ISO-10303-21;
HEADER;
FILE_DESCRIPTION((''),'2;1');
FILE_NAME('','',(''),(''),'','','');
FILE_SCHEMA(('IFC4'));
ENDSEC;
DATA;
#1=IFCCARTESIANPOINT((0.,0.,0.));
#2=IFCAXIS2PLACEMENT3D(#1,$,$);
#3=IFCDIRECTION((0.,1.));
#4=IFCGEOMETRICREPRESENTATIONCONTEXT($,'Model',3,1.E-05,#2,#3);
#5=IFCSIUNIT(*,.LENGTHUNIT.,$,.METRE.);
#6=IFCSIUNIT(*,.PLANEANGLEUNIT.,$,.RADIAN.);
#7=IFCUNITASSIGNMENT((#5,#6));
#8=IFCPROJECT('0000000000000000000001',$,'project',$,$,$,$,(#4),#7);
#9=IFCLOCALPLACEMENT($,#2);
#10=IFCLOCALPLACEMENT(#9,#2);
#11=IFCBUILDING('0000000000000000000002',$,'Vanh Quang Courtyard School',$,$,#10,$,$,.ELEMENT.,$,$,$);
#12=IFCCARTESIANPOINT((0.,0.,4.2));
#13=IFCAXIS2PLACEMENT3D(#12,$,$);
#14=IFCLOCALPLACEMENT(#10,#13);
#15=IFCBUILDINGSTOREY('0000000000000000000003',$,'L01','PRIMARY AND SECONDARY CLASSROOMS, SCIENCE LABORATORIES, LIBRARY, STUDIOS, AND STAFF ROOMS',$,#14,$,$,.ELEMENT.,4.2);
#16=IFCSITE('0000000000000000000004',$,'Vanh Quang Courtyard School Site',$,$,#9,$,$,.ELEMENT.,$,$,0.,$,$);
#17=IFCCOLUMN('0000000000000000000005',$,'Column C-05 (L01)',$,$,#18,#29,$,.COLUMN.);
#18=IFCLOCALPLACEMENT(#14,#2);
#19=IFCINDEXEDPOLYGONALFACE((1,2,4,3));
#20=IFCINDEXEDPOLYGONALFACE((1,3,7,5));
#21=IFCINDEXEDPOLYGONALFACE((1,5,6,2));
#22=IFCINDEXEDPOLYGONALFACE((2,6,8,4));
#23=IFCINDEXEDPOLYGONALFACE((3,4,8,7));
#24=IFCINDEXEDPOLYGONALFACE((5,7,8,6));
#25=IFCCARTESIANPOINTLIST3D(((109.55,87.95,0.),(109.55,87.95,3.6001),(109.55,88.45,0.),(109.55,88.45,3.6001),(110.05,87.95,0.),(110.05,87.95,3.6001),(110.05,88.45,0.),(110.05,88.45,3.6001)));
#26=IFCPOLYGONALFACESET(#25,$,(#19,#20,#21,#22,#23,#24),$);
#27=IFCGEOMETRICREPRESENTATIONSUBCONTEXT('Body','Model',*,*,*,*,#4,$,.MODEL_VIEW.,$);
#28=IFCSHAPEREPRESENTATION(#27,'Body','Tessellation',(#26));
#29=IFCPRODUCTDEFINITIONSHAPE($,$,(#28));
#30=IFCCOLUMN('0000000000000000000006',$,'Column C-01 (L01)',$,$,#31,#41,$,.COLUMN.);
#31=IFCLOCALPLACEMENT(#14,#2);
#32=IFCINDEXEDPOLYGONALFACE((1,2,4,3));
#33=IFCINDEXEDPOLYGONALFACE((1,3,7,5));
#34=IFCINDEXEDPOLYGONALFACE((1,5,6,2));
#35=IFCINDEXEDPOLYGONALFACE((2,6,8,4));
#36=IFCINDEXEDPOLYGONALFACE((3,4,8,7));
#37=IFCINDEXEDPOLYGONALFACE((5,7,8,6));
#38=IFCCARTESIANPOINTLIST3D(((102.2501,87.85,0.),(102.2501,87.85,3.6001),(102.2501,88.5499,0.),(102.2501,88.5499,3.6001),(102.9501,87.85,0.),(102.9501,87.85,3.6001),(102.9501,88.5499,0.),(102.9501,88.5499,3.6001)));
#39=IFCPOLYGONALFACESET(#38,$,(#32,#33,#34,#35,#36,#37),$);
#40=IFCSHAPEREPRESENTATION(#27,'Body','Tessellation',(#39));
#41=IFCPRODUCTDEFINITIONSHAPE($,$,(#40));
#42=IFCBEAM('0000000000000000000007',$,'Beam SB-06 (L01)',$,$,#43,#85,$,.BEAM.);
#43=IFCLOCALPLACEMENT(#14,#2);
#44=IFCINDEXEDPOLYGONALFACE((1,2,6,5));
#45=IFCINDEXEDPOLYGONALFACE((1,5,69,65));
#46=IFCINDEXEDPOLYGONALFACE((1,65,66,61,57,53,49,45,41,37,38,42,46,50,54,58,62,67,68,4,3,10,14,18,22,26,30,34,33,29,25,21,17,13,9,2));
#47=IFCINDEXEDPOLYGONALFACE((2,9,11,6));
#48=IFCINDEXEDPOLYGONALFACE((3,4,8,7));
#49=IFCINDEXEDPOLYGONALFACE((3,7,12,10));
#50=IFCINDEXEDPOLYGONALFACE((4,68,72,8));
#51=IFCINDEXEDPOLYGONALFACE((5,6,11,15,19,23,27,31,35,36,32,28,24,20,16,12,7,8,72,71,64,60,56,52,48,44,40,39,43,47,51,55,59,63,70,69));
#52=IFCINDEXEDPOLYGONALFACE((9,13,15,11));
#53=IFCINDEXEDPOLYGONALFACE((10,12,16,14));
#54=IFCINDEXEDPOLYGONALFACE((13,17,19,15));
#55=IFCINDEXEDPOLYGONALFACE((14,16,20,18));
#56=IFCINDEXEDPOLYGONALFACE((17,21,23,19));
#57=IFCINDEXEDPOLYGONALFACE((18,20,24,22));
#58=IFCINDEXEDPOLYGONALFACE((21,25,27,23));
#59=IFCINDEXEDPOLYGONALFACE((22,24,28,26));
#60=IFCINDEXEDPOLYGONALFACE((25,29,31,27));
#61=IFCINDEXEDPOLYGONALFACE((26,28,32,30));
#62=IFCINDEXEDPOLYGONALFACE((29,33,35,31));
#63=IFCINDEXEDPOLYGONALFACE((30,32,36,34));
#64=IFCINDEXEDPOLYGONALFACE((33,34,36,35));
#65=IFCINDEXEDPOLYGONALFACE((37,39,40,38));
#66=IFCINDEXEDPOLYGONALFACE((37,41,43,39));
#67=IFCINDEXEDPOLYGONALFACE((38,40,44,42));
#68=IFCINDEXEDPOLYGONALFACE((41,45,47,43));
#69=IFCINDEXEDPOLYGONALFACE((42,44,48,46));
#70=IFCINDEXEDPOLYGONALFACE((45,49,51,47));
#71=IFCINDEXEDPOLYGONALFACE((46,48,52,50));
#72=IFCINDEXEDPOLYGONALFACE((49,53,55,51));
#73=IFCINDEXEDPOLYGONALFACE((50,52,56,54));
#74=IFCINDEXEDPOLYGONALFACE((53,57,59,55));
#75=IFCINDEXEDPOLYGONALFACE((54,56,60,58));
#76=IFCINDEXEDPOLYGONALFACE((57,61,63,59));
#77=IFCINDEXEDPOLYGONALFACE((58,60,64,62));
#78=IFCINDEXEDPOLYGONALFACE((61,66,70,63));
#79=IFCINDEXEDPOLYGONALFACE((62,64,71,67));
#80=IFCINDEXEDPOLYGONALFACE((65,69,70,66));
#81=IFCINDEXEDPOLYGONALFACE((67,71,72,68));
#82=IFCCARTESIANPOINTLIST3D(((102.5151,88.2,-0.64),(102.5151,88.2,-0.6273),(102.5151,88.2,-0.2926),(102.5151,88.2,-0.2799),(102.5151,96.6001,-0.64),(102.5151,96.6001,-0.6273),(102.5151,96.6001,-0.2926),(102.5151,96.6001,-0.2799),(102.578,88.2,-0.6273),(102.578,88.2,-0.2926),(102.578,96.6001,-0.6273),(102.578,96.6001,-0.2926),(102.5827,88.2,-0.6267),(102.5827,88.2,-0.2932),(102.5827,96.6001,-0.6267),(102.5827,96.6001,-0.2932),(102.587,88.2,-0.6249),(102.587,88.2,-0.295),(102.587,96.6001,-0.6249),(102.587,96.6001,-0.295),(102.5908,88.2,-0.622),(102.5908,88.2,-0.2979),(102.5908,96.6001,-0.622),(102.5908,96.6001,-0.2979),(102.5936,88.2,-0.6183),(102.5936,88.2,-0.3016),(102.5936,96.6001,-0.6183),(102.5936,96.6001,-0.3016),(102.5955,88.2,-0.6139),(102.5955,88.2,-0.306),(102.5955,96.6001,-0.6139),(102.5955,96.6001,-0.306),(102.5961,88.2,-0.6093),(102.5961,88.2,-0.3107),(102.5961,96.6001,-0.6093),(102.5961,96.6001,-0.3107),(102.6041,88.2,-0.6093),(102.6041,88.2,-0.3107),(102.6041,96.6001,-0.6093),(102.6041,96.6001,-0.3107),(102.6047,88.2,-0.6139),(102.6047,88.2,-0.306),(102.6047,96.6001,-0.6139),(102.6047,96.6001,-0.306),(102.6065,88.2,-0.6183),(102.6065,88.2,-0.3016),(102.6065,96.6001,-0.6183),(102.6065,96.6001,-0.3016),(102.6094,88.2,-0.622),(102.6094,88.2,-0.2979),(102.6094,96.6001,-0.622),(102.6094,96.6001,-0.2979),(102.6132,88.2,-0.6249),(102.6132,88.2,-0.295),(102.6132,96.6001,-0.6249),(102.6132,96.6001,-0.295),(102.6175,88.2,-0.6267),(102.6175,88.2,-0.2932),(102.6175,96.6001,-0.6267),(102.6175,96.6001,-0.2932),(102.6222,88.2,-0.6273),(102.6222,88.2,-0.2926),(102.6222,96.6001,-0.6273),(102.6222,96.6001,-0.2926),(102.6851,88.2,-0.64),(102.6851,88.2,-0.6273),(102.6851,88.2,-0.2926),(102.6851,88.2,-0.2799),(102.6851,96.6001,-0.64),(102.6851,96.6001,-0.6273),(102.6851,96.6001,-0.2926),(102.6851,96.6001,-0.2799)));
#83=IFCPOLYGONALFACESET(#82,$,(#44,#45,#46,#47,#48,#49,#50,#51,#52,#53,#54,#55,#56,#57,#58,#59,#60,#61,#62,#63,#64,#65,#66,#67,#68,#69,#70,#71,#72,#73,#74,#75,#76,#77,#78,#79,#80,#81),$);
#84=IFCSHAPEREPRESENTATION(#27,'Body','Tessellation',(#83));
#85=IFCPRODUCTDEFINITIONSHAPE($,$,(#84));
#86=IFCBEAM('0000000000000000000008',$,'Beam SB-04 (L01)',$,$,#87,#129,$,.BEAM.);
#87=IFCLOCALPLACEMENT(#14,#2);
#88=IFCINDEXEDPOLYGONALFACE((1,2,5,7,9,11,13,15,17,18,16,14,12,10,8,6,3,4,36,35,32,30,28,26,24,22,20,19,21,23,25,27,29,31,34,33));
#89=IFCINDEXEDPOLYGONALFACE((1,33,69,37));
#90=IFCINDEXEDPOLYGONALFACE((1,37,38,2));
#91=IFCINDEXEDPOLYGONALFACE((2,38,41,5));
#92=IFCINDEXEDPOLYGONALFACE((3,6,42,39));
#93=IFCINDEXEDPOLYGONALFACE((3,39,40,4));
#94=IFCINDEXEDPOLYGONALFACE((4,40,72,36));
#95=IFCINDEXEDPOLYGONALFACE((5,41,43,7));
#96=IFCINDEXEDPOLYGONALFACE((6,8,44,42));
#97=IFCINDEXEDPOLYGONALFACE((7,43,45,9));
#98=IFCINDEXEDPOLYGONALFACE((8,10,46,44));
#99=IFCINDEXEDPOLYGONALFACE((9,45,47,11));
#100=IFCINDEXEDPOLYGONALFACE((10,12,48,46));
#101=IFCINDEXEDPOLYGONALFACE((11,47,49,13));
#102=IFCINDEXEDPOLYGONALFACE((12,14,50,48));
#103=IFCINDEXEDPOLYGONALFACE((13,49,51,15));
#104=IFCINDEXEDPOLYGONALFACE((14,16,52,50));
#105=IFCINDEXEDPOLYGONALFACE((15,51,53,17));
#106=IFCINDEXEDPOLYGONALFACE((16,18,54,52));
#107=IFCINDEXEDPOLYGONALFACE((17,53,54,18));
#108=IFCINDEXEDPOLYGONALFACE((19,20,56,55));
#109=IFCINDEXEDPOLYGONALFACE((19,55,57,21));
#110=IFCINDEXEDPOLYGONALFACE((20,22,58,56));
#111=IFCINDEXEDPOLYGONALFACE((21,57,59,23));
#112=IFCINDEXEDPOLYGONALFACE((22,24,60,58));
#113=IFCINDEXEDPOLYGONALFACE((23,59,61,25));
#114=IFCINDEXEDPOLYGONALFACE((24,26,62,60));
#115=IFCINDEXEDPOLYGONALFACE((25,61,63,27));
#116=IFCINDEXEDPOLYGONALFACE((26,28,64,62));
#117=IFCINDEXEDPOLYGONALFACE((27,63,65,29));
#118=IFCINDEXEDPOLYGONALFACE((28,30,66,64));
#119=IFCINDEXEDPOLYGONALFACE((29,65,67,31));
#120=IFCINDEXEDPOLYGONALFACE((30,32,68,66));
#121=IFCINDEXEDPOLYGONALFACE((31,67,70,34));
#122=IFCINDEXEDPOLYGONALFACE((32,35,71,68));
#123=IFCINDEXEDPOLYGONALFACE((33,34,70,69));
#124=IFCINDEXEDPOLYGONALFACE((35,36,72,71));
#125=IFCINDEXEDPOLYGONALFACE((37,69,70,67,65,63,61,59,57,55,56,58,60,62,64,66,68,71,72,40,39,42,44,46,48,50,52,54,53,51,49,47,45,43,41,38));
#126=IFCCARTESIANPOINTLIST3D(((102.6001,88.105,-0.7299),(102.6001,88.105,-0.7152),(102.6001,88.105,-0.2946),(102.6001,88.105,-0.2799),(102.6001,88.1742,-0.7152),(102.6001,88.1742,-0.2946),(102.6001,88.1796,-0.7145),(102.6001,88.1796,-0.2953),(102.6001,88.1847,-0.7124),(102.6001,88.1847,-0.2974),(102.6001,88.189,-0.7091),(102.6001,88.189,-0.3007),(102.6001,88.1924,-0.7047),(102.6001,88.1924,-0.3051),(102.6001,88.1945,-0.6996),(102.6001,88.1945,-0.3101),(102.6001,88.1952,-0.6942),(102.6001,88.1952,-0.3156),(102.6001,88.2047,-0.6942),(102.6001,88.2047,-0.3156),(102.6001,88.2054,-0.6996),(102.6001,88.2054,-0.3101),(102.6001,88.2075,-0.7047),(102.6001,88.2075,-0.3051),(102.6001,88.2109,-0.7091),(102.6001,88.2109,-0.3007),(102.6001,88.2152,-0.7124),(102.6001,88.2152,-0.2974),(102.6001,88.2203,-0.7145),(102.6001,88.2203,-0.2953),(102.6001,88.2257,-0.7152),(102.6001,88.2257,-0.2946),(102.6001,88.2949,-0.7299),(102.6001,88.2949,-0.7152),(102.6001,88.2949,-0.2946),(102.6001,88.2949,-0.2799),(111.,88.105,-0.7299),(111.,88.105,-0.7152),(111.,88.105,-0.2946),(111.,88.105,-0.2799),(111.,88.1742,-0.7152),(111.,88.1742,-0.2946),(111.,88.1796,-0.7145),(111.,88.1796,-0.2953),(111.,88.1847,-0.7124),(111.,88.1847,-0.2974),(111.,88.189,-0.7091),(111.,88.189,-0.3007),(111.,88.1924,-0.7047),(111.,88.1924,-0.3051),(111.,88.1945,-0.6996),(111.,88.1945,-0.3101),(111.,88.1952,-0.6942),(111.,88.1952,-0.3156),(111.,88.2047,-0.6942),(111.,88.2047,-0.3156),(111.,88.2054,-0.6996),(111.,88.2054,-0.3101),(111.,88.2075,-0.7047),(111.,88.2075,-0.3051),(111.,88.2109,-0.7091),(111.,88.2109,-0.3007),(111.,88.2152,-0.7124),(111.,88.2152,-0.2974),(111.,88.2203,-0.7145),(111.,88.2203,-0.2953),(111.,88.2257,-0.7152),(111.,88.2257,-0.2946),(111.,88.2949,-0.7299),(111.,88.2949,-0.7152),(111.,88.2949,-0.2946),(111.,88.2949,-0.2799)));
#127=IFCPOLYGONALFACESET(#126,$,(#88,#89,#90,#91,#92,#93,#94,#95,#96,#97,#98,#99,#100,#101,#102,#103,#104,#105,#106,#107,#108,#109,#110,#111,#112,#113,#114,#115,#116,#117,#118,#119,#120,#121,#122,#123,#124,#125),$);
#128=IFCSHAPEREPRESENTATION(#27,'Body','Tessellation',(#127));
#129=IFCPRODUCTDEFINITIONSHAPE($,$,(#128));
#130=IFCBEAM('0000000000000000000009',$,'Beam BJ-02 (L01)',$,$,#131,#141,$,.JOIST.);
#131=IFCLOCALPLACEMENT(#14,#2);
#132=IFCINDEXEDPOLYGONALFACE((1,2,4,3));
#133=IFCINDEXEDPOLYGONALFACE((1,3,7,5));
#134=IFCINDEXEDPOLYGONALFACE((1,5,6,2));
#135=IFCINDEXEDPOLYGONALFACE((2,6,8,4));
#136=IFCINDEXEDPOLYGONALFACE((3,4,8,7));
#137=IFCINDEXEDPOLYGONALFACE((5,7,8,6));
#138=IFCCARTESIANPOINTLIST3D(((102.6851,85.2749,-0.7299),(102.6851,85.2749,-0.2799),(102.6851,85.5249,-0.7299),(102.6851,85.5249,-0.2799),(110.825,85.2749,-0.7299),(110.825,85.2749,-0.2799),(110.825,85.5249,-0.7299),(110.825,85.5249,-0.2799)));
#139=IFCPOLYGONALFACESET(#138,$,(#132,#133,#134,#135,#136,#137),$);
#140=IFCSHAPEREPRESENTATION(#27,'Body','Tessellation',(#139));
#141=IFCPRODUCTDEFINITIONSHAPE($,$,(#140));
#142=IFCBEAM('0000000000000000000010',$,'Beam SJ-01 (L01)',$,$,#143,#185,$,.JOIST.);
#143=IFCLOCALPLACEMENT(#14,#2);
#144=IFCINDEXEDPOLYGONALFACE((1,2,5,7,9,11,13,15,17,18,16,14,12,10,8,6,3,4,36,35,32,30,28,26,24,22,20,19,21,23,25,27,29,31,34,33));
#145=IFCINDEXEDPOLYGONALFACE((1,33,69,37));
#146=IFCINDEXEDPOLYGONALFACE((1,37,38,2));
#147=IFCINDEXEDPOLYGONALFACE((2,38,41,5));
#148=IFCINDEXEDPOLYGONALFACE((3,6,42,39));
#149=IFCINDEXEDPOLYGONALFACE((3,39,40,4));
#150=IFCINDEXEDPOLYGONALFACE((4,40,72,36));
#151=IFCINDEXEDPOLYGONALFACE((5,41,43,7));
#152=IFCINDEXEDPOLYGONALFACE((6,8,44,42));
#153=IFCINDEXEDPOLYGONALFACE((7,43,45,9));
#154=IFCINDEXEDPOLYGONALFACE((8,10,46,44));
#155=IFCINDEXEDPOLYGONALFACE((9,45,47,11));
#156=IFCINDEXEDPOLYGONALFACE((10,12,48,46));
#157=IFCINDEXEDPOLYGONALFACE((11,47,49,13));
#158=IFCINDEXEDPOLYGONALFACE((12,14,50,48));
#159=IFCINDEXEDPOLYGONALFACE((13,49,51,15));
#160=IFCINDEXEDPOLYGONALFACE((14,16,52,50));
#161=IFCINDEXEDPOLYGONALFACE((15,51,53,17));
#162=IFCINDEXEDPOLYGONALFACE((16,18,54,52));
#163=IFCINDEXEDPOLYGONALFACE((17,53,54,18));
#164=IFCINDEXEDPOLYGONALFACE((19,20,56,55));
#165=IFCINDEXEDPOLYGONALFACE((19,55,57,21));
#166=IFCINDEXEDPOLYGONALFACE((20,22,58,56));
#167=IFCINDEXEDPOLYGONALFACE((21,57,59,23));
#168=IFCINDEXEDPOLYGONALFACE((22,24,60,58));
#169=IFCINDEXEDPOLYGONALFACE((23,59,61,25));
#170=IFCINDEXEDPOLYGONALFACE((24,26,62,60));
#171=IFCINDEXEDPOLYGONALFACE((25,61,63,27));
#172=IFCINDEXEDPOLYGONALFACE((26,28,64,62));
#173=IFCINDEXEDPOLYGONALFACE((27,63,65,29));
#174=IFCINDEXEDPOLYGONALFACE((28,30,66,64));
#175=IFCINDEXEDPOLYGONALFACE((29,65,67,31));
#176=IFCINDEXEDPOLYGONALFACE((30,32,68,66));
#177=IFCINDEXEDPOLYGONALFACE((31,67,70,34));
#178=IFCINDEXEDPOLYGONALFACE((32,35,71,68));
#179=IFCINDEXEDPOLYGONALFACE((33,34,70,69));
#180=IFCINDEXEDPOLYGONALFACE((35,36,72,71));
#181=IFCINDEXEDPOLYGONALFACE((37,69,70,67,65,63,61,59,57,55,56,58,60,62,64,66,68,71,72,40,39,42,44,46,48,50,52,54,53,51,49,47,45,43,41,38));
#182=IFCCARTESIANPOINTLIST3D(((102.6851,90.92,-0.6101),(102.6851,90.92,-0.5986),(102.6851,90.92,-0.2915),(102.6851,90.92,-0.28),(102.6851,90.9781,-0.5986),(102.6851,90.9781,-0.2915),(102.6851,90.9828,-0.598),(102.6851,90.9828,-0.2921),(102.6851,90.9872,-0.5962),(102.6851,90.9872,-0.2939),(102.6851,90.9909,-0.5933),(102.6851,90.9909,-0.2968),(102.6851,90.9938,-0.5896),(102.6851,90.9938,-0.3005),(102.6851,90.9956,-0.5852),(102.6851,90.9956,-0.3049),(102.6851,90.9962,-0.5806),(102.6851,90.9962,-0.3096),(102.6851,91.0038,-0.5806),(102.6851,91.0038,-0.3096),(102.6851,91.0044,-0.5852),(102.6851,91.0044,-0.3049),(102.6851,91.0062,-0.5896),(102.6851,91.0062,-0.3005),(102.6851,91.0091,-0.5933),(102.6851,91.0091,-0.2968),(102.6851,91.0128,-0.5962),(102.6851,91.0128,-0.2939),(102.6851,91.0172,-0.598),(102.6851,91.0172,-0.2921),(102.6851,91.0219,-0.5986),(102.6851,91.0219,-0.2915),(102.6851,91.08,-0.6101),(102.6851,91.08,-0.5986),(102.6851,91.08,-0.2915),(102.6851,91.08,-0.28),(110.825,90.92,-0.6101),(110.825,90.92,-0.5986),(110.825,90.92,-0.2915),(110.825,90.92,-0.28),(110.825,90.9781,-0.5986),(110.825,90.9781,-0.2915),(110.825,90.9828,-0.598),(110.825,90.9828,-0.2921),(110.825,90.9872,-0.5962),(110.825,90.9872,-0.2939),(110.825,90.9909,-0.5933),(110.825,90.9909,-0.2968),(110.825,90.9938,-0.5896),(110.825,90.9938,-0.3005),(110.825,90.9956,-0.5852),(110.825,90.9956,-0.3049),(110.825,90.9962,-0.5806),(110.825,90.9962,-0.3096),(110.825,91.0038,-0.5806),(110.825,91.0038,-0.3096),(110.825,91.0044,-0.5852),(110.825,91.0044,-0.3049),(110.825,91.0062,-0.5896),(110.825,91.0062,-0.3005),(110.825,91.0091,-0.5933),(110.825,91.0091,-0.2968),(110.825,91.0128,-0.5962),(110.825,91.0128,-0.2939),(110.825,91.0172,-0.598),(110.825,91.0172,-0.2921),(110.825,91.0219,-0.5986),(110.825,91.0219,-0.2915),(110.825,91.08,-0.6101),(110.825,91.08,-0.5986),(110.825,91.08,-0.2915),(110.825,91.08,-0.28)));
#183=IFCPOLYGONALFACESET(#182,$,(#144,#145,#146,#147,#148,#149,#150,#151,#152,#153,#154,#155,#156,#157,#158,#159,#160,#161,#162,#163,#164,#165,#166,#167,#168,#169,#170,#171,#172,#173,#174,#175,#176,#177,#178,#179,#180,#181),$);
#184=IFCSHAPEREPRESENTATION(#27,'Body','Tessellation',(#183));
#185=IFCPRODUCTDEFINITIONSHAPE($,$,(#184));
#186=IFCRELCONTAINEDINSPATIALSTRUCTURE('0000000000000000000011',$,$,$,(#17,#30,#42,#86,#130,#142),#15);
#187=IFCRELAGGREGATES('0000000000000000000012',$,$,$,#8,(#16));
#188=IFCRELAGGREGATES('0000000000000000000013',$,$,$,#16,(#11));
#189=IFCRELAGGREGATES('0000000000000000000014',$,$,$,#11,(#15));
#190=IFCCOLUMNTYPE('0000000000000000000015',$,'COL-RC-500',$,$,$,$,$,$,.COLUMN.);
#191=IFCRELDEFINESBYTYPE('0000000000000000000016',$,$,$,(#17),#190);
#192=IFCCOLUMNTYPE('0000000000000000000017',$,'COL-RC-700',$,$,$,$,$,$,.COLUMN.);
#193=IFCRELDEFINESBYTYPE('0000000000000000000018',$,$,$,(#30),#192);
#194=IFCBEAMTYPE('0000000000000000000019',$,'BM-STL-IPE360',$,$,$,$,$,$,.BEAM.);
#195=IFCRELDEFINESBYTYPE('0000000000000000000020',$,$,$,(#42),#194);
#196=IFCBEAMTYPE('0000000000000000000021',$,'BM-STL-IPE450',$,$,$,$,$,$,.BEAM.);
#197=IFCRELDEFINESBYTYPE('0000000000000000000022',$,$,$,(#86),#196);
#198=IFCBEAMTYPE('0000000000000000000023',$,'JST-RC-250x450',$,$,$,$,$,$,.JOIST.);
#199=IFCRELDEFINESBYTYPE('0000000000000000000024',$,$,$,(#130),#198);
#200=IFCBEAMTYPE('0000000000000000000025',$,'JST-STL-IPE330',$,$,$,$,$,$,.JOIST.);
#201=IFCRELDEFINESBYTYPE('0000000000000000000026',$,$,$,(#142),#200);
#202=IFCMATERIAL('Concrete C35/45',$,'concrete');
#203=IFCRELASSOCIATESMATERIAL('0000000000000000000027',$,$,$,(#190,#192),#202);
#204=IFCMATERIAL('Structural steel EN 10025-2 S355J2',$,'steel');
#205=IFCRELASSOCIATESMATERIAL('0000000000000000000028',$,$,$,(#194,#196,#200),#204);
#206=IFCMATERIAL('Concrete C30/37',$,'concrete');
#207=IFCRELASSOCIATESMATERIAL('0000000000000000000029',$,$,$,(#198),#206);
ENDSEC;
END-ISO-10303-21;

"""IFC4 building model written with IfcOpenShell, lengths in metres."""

from ifc_helpers import new_model, si_unit, direction, frame, origin, origin_2d, place, context, subcontext, project, spatial, rectangle, i_section, extrude, material, material_profile, profile_set, type_object, element, save


model = new_model("IFC4")

# Units and contexts
model_context = context("Model", 3, precision=1e-05, world=origin(), true_north=direction((0.0, 1.0)))
body_context = subcontext(model_context, "Body", "Model", "MODEL_VIEW")
ifc_project = project(units=[si_unit("LENGTHUNIT", "METRE"), si_unit("PLANEANGLEUNIT", "RADIAN")], contexts=[model_context])

# Site, building, storey
site_placement = place(None, origin())
site = spatial("IfcSite", under=ifc_project, at=site_placement, Name="Vanh Quang Courtyard School Site", CompositionType="ELEMENT", RefElevation=0.0)
building_placement = place(site_placement, origin())
building = spatial("IfcBuilding", under=site, at=building_placement, Name="Vanh Quang Courtyard School", CompositionType="ELEMENT")
storey_placement = place(building_placement, frame((0.0, 0.0, 4.2)))
storey = spatial("IfcBuildingStorey", under=building, at=storey_placement, Name="L01", Description="PRIMARY AND SECONDARY CLASSROOMS, SCIENCE LABORATORIES, LIBRARY, STUDIOS, AND STAFF ROOMS", CompositionType="ELEMENT", Elevation=4.2)

# Columns
ifc_material_1 = material(Name="Concrete C35/45", Category="concrete")
ifc_material_profile_1 = material_profile(ifc_material_1, rectangle(XDim=0.5, YDim=0.5, at=origin_2d()), Name="RC-COL 500x500")
ifc_profile_set_1 = profile_set([ifc_material_profile_1], Name="Concrete C35/45")
column_type_1 = type_object("IfcColumnType", Name="COL-RC-500", PredefinedType="COLUMN", material=ifc_profile_set_1)
column_1_placement = place(storey_placement, frame((109.8, 88.2, 0.0), z_axis=(0.0, 0.0, 1.0), x_axis=(1.0, 0.0, 0.0)))
element("IfcColumn", 1, at=column_1_placement, inside=storey, type_object=column_type_1, Name="Column C-05 (L01)", PredefinedType="COLUMN", context=body_context, shape_type="SweptSolid", body=[
    extrude(rectangle(XDim=0.5, YDim=0.5, at=origin_2d()), origin(), (0.0, 0.0, 1.0), 3.6001),
])
ifc_material_profile_2 = material_profile(ifc_material_1, rectangle(XDim=0.7, YDim=0.7, at=origin_2d()), Name="RC-COL 700x700")
ifc_profile_set_2 = profile_set([ifc_material_profile_2], Name="Concrete C35/45")
column_type_2 = type_object("IfcColumnType", Name="COL-RC-700", PredefinedType="COLUMN", material=ifc_profile_set_2)
column_2_placement = place(storey_placement, frame((102.6001, 88.2, 0.0), z_axis=(0.0, 0.0, 1.0), x_axis=(1.0, 0.0, 0.0)))
element("IfcColumn", 2, at=column_2_placement, inside=storey, type_object=column_type_2, Name="Column C-01 (L01)", PredefinedType="COLUMN", context=body_context, shape_type="SweptSolid", body=[
    extrude(rectangle(XDim=0.7, YDim=0.7, at=origin_2d()), origin(), (0.0, 0.0, 1.0), 3.6001),
])

# Beams
ifc_material_2 = material(Name="Structural steel EN 10025-2 S355J2", Category="steel")
ifc_material_profile_3 = material_profile(ifc_material_2, i_section(OverallWidth=0.1699, OverallDepth=0.3601, WebThickness=0.0081, FlangeThickness=0.0127, FilletRadius=0.0181, at=origin_2d()), Name="IPE 360")
ifc_profile_set_3 = profile_set([ifc_material_profile_3], Name="Structural steel EN 10025-2 S355J2")
beam_type_1 = type_object("IfcBeamType", Name="BM-STL-IPE360", PredefinedType="BEAM", material=ifc_profile_set_3)
beam_1_placement = place(storey_placement, frame((102.6001, 88.2, -0.46), z_axis=(0.0, 1.0, 0.0), x_axis=(-1.0, 0.0, 0.0)))
element("IfcBeam", 3, at=beam_1_placement, inside=storey, type_object=beam_type_1, Name="Beam SB-06 (L01)", PredefinedType="BEAM", context=body_context, shape_type="SweptSolid", body=[
    extrude(i_section(OverallWidth=0.1699, OverallDepth=0.3601, WebThickness=0.0081, FlangeThickness=0.0127, FilletRadius=0.0181, at=origin_2d()), origin(), (0.0, 0.0, 1.0), 8.4001),
])
ifc_material_profile_4 = material_profile(ifc_material_2, i_section(OverallWidth=0.1899, OverallDepth=0.45, WebThickness=0.0095, FlangeThickness=0.0146, FilletRadius=0.021, at=origin_2d()), Name="IPE 450")
ifc_profile_set_4 = profile_set([ifc_material_profile_4], Name="Structural steel EN 10025-2 S355J2")
beam_type_2 = type_object("IfcBeamType", Name="BM-STL-IPE450", PredefinedType="BEAM", material=ifc_profile_set_4)
beam_2_placement = place(storey_placement, frame((102.6001, 88.2, -0.5049), z_axis=(1.0, 0.0, 0.0), x_axis=(0.0, 1.0, 0.0)))
element("IfcBeam", 4, at=beam_2_placement, inside=storey, type_object=beam_type_2, Name="Beam SB-04 (L01)", PredefinedType="BEAM", context=body_context, shape_type="SweptSolid", body=[
    extrude(i_section(OverallWidth=0.1899, OverallDepth=0.45, WebThickness=0.0095, FlangeThickness=0.0146, FilletRadius=0.021, at=origin_2d()), origin(), (0.0, 0.0, 1.0), 8.3999),
])
ifc_material_3 = material(Name="Concrete C30/37", Category="concrete")
ifc_material_profile_5 = material_profile(ifc_material_3, rectangle(XDim=0.25, YDim=0.45, at=origin_2d()), Name="RC-JST 250x450")
ifc_profile_set_5 = profile_set([ifc_material_profile_5], Name="Concrete C30/37")
beam_type_3 = type_object("IfcBeamType", Name="JST-RC-250x450", PredefinedType="JOIST", material=ifc_profile_set_5)
beam_3_placement = place(storey_placement, frame((102.6851, 85.3999, -0.5049), z_axis=(1.0, 0.0, 0.0), x_axis=(0.0, 1.0, 0.0)))
element("IfcBeam", 5, at=beam_3_placement, inside=storey, type_object=beam_type_3, Name="Beam BJ-02 (L01)", PredefinedType="JOIST", context=body_context, shape_type="SweptSolid", body=[
    extrude(rectangle(XDim=0.25, YDim=0.45, at=origin_2d()), origin(), (0.0, 0.0, 1.0), 8.1399),
])
ifc_material_profile_6 = material_profile(ifc_material_2, i_section(OverallWidth=0.1599, OverallDepth=0.3301, WebThickness=0.0076, FlangeThickness=0.0115, FilletRadius=0.0181, at=origin_2d()), Name="IPE 330")
ifc_profile_set_6 = profile_set([ifc_material_profile_6], Name="Structural steel EN 10025-2 S355J2")
beam_type_4 = type_object("IfcBeamType", Name="JST-STL-IPE330", PredefinedType="JOIST", material=ifc_profile_set_6)
for number, where, z_axis, x_axis, name in (
    (6, (102.6851, 91.0, -0.4451), (1.0, 0.0, 0.0), (0.0, 1.0, 0.0), "Beam SJ-01 (L01)"),
):
    element("IfcBeam", number, at=place(storey_placement, frame(where, z_axis=z_axis, x_axis=x_axis)), inside=storey, type_object=beam_type_4, Name=name, PredefinedType="JOIST", context=body_context, shape_type="SweptSolid", body=[
        extrude(i_section(OverallWidth=0.1599, OverallDepth=0.3301, WebThickness=0.0076, FlangeThickness=0.0115, FilletRadius=0.0181, at=origin_2d()), origin(), (0.0, 0.0, 1.0), 8.1399),
    ])

save(model, "model.ifc")
